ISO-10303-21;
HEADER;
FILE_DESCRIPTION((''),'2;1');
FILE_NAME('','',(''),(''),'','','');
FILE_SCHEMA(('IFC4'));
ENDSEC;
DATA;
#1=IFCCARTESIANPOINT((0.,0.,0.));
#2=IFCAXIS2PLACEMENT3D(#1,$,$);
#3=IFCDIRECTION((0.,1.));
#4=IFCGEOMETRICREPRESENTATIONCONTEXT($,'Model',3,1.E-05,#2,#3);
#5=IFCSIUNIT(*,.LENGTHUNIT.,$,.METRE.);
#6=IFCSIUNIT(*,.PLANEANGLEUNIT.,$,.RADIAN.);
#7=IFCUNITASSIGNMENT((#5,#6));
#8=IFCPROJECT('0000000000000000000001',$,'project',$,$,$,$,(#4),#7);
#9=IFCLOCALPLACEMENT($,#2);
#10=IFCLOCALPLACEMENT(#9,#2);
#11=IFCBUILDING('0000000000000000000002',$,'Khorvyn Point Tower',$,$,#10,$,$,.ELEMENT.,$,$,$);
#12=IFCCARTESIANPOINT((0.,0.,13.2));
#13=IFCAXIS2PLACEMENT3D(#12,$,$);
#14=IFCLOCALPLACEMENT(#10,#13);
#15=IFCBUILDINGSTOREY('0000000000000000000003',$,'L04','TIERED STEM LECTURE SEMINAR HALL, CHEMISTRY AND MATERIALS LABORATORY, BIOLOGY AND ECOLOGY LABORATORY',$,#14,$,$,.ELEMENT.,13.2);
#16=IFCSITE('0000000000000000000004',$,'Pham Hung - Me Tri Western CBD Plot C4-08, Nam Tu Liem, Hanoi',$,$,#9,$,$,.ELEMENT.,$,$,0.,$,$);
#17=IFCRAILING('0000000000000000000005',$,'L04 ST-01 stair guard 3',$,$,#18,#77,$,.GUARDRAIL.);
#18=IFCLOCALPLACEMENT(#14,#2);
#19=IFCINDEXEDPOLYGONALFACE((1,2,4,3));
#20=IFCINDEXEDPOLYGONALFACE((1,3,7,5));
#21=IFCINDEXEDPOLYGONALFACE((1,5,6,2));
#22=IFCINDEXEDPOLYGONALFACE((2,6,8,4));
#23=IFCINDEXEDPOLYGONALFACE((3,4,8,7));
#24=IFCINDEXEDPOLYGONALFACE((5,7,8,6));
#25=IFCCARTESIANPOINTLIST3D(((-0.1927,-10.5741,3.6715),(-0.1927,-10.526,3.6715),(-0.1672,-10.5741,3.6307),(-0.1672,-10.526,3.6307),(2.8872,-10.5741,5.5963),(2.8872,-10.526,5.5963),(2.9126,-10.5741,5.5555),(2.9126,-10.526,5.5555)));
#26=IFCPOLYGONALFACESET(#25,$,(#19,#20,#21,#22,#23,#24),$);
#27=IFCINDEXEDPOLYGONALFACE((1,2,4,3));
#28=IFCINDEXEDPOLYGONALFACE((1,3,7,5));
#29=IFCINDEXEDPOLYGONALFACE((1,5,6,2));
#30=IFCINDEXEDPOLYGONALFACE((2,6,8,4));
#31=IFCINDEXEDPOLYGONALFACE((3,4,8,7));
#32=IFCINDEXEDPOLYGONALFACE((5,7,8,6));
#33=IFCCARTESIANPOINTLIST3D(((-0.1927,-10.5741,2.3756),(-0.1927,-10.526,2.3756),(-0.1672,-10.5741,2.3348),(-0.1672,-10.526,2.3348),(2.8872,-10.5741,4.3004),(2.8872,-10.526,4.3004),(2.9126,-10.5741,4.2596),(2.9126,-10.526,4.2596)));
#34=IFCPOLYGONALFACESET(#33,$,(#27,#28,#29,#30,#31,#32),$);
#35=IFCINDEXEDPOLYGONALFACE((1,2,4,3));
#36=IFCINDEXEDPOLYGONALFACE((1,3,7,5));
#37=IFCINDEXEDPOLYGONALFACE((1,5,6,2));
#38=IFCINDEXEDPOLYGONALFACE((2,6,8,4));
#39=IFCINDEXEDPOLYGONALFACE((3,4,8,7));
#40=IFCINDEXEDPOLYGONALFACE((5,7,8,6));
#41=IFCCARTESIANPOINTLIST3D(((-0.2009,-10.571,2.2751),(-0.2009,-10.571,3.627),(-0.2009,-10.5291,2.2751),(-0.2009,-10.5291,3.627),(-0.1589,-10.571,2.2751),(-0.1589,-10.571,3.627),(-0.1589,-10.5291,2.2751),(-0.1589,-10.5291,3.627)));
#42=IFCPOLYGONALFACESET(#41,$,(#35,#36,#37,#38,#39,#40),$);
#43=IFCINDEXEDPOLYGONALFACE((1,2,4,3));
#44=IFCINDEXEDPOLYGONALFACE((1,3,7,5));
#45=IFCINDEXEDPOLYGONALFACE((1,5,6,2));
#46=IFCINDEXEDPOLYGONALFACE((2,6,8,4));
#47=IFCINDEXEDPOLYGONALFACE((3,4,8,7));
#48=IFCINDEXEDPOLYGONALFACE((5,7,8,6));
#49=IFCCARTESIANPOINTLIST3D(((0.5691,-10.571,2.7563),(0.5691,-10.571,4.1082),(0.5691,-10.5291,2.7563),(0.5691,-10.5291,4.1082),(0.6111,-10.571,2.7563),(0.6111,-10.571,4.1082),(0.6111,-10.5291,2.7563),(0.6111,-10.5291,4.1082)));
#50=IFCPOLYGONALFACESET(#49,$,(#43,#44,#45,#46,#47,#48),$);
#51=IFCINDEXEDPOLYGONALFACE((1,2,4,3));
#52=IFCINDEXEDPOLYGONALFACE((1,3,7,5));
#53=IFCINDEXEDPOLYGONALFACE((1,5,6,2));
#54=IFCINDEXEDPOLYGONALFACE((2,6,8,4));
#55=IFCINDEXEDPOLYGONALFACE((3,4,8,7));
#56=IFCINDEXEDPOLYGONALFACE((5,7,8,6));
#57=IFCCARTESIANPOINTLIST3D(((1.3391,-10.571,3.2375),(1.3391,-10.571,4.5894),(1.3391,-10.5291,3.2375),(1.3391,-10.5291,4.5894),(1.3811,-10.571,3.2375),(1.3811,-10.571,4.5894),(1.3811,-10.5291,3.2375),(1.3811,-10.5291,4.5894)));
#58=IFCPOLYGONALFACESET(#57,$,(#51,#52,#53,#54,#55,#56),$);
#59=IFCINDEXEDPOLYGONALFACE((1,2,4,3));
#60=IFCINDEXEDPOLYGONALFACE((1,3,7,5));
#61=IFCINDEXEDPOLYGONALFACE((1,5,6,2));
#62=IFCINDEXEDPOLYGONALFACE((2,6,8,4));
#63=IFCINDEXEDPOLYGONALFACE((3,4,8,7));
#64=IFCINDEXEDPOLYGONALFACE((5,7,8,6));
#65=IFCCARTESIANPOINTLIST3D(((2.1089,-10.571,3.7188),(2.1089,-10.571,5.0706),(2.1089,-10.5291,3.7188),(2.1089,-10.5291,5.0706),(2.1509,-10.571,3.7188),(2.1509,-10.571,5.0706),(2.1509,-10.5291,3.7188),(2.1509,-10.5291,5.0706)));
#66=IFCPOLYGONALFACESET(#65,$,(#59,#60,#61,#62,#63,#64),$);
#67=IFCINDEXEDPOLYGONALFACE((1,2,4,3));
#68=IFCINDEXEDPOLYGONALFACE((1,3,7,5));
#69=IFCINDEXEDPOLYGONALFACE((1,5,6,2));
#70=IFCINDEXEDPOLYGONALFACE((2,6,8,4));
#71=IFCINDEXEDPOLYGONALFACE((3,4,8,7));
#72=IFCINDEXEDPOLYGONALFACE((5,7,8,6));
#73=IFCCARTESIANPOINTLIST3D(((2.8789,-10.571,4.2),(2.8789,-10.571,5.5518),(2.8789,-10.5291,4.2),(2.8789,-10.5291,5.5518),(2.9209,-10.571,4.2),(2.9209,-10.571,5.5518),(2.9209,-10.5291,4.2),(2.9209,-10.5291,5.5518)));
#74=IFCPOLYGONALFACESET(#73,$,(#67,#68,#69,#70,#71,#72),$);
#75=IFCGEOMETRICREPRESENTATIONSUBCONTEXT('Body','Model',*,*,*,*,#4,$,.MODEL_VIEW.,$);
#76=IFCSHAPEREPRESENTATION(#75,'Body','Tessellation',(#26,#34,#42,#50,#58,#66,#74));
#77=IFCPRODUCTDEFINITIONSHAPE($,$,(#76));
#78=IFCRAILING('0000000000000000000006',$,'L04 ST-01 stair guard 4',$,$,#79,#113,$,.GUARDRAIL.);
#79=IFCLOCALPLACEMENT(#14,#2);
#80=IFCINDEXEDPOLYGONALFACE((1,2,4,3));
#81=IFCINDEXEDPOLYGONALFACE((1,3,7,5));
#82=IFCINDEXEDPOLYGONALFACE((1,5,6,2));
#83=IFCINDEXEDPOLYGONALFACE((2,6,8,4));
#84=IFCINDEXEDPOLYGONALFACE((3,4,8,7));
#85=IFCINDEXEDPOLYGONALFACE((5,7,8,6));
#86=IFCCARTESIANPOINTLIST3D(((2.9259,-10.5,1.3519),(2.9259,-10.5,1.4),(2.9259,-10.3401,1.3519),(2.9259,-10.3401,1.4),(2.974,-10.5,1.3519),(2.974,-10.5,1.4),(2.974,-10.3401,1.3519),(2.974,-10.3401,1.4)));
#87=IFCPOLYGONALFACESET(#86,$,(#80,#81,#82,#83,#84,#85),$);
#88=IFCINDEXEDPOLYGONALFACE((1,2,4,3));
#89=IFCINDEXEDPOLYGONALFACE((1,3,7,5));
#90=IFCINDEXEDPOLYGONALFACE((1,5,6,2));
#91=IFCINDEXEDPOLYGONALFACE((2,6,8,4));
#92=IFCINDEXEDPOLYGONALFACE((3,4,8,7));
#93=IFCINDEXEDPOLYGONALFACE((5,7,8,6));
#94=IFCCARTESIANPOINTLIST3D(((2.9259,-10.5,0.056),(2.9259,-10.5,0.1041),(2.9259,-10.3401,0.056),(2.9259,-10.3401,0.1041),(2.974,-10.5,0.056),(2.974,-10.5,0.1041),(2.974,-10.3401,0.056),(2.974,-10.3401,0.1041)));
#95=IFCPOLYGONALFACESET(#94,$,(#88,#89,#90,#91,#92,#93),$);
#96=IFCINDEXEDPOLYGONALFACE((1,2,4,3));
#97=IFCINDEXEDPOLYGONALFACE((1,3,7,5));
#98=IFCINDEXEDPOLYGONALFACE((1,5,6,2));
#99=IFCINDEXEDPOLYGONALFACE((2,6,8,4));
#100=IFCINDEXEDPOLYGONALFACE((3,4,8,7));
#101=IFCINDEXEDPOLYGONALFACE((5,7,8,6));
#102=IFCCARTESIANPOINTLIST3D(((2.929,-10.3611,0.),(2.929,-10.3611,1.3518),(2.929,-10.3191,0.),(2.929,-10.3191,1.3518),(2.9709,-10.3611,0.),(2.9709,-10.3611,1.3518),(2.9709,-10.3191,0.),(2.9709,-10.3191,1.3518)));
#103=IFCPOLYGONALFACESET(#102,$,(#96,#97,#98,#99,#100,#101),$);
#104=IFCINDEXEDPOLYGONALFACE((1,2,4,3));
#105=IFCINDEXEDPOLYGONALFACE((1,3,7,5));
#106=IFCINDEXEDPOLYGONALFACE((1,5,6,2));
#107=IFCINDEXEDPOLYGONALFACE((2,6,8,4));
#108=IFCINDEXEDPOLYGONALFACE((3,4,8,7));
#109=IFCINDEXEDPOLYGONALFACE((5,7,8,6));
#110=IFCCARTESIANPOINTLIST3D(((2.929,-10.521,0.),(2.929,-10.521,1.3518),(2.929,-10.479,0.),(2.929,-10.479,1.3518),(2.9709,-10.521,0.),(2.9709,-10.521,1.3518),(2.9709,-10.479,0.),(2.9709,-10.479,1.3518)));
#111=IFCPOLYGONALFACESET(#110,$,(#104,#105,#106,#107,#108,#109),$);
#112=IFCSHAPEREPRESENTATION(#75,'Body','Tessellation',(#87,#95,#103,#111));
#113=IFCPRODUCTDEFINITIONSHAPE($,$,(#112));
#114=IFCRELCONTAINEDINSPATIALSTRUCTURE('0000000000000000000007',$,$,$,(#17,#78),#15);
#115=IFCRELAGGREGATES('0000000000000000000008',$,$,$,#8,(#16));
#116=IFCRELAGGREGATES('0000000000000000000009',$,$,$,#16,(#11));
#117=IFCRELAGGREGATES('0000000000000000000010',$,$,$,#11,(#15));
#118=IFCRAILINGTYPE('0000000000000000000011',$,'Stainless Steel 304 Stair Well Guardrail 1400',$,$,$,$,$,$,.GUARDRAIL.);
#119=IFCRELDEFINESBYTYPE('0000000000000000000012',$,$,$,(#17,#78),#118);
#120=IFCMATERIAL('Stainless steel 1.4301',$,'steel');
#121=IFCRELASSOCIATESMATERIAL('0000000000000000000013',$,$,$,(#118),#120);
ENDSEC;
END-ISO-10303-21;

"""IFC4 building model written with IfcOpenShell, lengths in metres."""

from ifc_helpers import new_model, si_unit, direction, frame, origin, origin_2d, place, context, subcontext, project, spatial, rectangle, extrude, material, type_object, element, save


model = new_model("IFC4")

# Units and contexts
model_context = context("Model", 3, precision=1e-05, world=origin(), true_north=direction((0.0, 1.0)))
body_context = subcontext(model_context, "Body", "Model", "MODEL_VIEW")
ifc_project = project(units=[si_unit("LENGTHUNIT", "METRE"), si_unit("PLANEANGLEUNIT", "RADIAN")], contexts=[model_context])

# Site, building, storey
site_placement = place(None, origin())
site = spatial("IfcSite", under=ifc_project, at=site_placement, Name="Pham Hung - Me Tri Western CBD Plot C4-08, Nam Tu Liem, Hanoi", CompositionType="ELEMENT", RefElevation=0.0)
building_placement = place(site_placement, origin())
building = spatial("IfcBuilding", under=site, at=building_placement, Name="Khorvyn Point Tower", CompositionType="ELEMENT")
storey_placement = place(building_placement, frame((0.0, 0.0, 13.2)))
storey = spatial("IfcBuildingStorey", under=building, at=storey_placement, Name="L04", Description="TIERED STEM LECTURE SEMINAR HALL, CHEMISTRY AND MATERIALS LABORATORY, BIOLOGY AND ECOLOGY LABORATORY", CompositionType="ELEMENT", Elevation=13.2)

# Railings
ifc_material_1 = material(Name="Stainless steel 1.4301", Category="steel")
railing_type_1 = type_object("IfcRailingType", Name="Stainless Steel 304 Stair Well Guardrail 1400", PredefinedType="GUARDRAIL", material=ifc_material_1)
railing_1_placement = place(storey_placement, frame((-0.1799, -10.55, 2.2751)))
element("IfcRailing", 1, at=railing_1_placement, inside=storey, type_object=railing_type_1, Name="L04 ST-01 stair guard 3", PredefinedType="GUARDRAIL", context=body_context, shape_type="SweptSolid", body=[
    extrude(rectangle(XDim=0.0481, YDim=0.0481, at=origin_2d()), frame((0.0, 0.0, 1.376), z_axis=(0.84801, 0.0, 0.529981), x_axis=(0.0, 1.0, 0.0)), (0.0, 0.0, 1.0), 3.6318),
    extrude(rectangle(XDim=0.0481, YDim=0.0481, at=origin_2d()), frame((0.0, 0.0, 0.0801), z_axis=(0.84801, 0.0, 0.529981), x_axis=(0.0, 1.0, 0.0)), (0.0, 0.0, 1.0), 3.6318),
    extrude(rectangle(XDim=0.042, YDim=0.042, at=origin_2d()), origin(), (0.0, 0.0, 1.0), 1.3518),
    extrude(rectangle(XDim=0.042, YDim=0.042, at=origin_2d()), frame((0.77, 0.0, 0.4812)), (0.0, 0.0, 1.0), 1.3518),
    extrude(rectangle(XDim=0.042, YDim=0.042, at=origin_2d()), frame((1.54, 0.0, 0.9624)), (0.0, 0.0, 1.0), 1.3518),
    extrude(rectangle(XDim=0.042, YDim=0.042, at=origin_2d()), frame((2.3098, 0.0, 1.4436)), (0.0, 0.0, 1.0), 1.3518),
    extrude(rectangle(XDim=0.042, YDim=0.042, at=origin_2d()), frame((3.0798, 0.0, 1.9248)), (0.0, 0.0, 1.0), 1.3518),
])
railing_2_placement = place(storey_placement, frame((2.95, -10.3401, 0.0)))
element("IfcRailing", 2, at=railing_2_placement, inside=storey, type_object=railing_type_1, Name="L04 ST-01 stair guard 4", PredefinedType="GUARDRAIL", context=body_context, shape_type="SweptSolid", body=[
    extrude(rectangle(XDim=0.0481, YDim=0.0481, at=origin_2d()), frame((0.0, 0.0, 1.376), z_axis=(0.0, -1.0, 0.0), x_axis=(1.0, 0.0, 0.0)), (0.0, 0.0, 1.0), 0.1599),
    extrude(rectangle(XDim=0.0481, YDim=0.0481, at=origin_2d()), frame((0.0, 0.0, 0.0801), z_axis=(0.0, -1.0, 0.0), x_axis=(1.0, 0.0, 0.0)), (0.0, 0.0, 1.0), 0.1599),
    extrude(rectangle(XDim=0.042, YDim=0.042, at=origin_2d()), origin(), (0.0, 0.0, 1.0), 1.3518),
    extrude(rectangle(XDim=0.042, YDim=0.042, at=origin_2d()), frame((0.0, -0.1599, 0.0)), (0.0, 0.0, 1.0), 1.3518),
])

save(model, "model.ifc")
